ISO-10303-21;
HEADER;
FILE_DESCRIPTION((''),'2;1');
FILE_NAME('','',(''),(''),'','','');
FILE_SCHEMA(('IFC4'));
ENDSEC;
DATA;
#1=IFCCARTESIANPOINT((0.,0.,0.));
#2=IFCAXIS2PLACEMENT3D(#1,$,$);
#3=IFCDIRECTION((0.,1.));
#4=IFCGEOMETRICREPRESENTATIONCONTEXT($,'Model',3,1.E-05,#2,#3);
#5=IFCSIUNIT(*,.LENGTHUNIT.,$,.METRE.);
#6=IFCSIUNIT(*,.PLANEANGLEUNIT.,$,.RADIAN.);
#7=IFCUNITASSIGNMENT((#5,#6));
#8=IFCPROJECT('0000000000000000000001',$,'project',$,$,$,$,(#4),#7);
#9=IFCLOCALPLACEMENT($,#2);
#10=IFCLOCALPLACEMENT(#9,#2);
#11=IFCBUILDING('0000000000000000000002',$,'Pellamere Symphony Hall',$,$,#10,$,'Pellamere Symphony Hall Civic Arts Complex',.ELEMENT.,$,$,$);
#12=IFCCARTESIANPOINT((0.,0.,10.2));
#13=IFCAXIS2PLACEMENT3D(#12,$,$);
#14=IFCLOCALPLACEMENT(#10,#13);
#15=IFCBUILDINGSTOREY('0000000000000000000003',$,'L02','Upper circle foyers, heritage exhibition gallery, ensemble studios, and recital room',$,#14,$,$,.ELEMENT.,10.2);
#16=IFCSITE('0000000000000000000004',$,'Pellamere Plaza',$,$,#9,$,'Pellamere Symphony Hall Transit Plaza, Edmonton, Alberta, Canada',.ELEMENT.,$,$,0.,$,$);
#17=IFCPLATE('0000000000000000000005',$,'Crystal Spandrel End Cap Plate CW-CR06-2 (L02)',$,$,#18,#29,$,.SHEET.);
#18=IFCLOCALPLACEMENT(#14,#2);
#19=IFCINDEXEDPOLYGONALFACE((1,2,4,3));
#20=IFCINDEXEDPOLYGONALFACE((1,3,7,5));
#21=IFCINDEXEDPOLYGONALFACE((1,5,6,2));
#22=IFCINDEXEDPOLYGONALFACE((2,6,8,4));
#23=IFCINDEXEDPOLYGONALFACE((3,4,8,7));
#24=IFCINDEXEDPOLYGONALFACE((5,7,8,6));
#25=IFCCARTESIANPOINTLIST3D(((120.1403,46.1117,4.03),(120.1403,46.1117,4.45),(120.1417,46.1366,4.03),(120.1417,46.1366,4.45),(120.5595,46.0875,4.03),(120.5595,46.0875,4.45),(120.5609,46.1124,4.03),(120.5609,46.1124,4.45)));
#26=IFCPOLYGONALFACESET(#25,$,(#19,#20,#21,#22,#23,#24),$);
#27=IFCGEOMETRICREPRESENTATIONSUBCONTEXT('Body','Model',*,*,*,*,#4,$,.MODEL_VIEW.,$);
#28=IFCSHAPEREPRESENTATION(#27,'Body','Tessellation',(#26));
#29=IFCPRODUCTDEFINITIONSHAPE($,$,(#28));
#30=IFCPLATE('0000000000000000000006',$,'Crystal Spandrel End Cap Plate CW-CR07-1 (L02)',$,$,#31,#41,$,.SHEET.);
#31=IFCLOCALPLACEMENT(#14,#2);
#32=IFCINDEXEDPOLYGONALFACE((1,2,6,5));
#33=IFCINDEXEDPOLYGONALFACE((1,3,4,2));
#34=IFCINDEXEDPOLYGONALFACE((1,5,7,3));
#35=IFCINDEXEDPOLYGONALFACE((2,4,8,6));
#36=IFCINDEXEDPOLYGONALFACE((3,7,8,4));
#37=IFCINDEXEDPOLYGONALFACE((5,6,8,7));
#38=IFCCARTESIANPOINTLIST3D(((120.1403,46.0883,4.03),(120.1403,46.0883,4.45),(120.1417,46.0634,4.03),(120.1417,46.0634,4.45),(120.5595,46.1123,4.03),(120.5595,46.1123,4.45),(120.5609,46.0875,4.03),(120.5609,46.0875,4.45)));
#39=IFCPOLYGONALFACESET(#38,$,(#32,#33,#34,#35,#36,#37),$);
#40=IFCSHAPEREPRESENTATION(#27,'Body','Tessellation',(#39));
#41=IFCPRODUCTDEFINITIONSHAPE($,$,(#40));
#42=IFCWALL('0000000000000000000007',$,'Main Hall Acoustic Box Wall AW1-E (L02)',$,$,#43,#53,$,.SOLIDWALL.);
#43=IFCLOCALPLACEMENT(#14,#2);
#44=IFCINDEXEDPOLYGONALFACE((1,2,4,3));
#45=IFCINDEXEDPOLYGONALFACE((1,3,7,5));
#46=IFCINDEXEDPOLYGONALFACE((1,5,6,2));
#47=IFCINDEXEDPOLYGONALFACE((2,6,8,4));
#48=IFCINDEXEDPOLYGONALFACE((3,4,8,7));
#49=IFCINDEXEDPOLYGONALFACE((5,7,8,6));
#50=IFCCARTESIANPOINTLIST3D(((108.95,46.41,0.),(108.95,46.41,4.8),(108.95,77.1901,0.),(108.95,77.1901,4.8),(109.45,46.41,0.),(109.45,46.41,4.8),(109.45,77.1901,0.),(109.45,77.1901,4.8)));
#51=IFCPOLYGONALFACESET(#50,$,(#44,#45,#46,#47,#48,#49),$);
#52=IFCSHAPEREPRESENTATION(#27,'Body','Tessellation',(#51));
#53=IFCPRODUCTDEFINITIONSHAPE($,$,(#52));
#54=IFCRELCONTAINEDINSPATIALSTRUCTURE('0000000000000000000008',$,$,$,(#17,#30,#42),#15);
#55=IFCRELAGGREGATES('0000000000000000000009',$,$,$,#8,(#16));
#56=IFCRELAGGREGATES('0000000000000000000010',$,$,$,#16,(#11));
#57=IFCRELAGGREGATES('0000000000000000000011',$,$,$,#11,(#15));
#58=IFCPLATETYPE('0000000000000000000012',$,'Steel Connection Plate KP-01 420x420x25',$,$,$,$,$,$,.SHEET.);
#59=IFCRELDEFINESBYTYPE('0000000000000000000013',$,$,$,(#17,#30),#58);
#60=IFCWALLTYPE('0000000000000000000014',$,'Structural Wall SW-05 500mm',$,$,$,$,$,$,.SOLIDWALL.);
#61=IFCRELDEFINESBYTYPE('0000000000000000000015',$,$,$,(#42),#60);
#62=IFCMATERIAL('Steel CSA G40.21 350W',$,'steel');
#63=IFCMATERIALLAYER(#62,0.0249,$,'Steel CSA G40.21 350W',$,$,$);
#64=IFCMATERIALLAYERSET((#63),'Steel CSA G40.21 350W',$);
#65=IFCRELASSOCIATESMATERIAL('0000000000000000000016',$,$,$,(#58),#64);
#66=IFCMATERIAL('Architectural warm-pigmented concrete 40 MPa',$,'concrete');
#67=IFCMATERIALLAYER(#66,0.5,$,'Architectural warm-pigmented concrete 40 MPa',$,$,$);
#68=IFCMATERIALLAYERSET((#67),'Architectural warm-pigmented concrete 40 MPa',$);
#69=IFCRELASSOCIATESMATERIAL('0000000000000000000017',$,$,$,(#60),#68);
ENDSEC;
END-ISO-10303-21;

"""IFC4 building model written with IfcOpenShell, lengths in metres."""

from ifc_helpers import new_model, si_unit, direction, frame, frame_2d, origin, origin_2d, place, context, subcontext, project, spatial, rectangle, extrude, material, layer, layer_set, type_object, element, save


model = new_model("IFC4")

# Units and contexts
model_context = context("Model", 3, precision=1e-05, world=origin(), true_north=direction((0.0, 1.0)))
body_context = subcontext(model_context, "Body", "Model", "MODEL_VIEW")
ifc_project = project(units=[si_unit("LENGTHUNIT", "METRE"), si_unit("PLANEANGLEUNIT", "RADIAN")], contexts=[model_context])

# Site, building, storey
site_placement = place(None, origin())
site = spatial("IfcSite", under=ifc_project, at=site_placement, Name="Pellamere Plaza", LongName="Pellamere Symphony Hall Transit Plaza, Edmonton, Alberta, Canada", CompositionType="ELEMENT", RefElevation=0.0)
building_placement = place(site_placement, origin())
building = spatial("IfcBuilding", under=site, at=building_placement, Name="Pellamere Symphony Hall", LongName="Pellamere Symphony Hall Civic Arts Complex", CompositionType="ELEMENT")
storey_placement = place(building_placement, frame((0.0, 0.0, 10.2)))
storey = spatial("IfcBuildingStorey", under=building, at=storey_placement, Name="L02", Description="Upper circle foyers, heritage exhibition gallery, ensemble studios, and recital room", CompositionType="ELEMENT", Elevation=10.2)

# Shared definitions
ifc_material_1 = material(Name="Steel CSA G40.21 350W", Category="steel")

# Plates
ifc_layer_1 = layer(ifc_material_1, 0.0249, Name="Steel CSA G40.21 350W")
ifc_layer_set_1 = layer_set([ifc_layer_1], Name="Steel CSA G40.21 350W")
plate_type_1 = type_object("IfcPlateType", Name="Steel Connection Plate KP-01 420x420x25", PredefinedType="SHEET", material=ifc_layer_set_1)
for number, where, z_axis, x_axis, name in (
    (1, (120.3506, 46.1121, 4.03), (0.0, 0.0, 1.0), (0.057564, 0.998342, 0.0), "Crystal Spandrel End Cap Plate CW-CR06-2 (L02)"),
    (2, (120.3506, 46.0879, 4.03), (0.0, 0.0, 1.0), (-0.057216, 0.998362, 0.0), "Crystal Spandrel End Cap Plate CW-CR07-1 (L02)"),
):
    element("IfcPlate", number, at=place(storey_placement, frame(where, z_axis=z_axis, x_axis=x_axis)), inside=storey, type_object=plate_type_1, Name=name, PredefinedType="SHEET", context=body_context, shape_type="SweptSolid", body=[
        extrude(rectangle(XDim=0.0249, YDim=0.4199, at=origin_2d()), origin(), (0.0, 0.0, 1.0), 0.4199),
    ])

# Wall
ifc_material_2 = material(Name="Architectural warm-pigmented concrete 40 MPa", Category="concrete")
ifc_layer_2 = layer(ifc_material_2, 0.5, Name="Architectural warm-pigmented concrete 40 MPa")
ifc_layer_set_2 = layer_set([ifc_layer_2], Name="Architectural warm-pigmented concrete 40 MPa")
wall_type = type_object("IfcWallType", Name="Structural Wall SW-05 500mm", PredefinedType="SOLIDWALL", material=ifc_layer_set_2)
wall_placement = place(storey_placement, frame((109.2, 46.4099, 0.0), z_axis=(0.0, 0.0, 1.0), x_axis=(0.0, 1.0, 0.0)))
element("IfcWall", 3, at=wall_placement, inside=storey, type_object=wall_type, Name="Main Hall Acoustic Box Wall AW1-E (L02)", PredefinedType="SOLIDWALL", context=body_context, shape_type="SweptSolid", body=[
    extrude(rectangle(XDim=30.78, YDim=0.5, at=frame_2d((15.3901, 0.0))), origin(), (0.0, 0.0, 1.0), 4.8),
])

save(model, "model.ifc")
